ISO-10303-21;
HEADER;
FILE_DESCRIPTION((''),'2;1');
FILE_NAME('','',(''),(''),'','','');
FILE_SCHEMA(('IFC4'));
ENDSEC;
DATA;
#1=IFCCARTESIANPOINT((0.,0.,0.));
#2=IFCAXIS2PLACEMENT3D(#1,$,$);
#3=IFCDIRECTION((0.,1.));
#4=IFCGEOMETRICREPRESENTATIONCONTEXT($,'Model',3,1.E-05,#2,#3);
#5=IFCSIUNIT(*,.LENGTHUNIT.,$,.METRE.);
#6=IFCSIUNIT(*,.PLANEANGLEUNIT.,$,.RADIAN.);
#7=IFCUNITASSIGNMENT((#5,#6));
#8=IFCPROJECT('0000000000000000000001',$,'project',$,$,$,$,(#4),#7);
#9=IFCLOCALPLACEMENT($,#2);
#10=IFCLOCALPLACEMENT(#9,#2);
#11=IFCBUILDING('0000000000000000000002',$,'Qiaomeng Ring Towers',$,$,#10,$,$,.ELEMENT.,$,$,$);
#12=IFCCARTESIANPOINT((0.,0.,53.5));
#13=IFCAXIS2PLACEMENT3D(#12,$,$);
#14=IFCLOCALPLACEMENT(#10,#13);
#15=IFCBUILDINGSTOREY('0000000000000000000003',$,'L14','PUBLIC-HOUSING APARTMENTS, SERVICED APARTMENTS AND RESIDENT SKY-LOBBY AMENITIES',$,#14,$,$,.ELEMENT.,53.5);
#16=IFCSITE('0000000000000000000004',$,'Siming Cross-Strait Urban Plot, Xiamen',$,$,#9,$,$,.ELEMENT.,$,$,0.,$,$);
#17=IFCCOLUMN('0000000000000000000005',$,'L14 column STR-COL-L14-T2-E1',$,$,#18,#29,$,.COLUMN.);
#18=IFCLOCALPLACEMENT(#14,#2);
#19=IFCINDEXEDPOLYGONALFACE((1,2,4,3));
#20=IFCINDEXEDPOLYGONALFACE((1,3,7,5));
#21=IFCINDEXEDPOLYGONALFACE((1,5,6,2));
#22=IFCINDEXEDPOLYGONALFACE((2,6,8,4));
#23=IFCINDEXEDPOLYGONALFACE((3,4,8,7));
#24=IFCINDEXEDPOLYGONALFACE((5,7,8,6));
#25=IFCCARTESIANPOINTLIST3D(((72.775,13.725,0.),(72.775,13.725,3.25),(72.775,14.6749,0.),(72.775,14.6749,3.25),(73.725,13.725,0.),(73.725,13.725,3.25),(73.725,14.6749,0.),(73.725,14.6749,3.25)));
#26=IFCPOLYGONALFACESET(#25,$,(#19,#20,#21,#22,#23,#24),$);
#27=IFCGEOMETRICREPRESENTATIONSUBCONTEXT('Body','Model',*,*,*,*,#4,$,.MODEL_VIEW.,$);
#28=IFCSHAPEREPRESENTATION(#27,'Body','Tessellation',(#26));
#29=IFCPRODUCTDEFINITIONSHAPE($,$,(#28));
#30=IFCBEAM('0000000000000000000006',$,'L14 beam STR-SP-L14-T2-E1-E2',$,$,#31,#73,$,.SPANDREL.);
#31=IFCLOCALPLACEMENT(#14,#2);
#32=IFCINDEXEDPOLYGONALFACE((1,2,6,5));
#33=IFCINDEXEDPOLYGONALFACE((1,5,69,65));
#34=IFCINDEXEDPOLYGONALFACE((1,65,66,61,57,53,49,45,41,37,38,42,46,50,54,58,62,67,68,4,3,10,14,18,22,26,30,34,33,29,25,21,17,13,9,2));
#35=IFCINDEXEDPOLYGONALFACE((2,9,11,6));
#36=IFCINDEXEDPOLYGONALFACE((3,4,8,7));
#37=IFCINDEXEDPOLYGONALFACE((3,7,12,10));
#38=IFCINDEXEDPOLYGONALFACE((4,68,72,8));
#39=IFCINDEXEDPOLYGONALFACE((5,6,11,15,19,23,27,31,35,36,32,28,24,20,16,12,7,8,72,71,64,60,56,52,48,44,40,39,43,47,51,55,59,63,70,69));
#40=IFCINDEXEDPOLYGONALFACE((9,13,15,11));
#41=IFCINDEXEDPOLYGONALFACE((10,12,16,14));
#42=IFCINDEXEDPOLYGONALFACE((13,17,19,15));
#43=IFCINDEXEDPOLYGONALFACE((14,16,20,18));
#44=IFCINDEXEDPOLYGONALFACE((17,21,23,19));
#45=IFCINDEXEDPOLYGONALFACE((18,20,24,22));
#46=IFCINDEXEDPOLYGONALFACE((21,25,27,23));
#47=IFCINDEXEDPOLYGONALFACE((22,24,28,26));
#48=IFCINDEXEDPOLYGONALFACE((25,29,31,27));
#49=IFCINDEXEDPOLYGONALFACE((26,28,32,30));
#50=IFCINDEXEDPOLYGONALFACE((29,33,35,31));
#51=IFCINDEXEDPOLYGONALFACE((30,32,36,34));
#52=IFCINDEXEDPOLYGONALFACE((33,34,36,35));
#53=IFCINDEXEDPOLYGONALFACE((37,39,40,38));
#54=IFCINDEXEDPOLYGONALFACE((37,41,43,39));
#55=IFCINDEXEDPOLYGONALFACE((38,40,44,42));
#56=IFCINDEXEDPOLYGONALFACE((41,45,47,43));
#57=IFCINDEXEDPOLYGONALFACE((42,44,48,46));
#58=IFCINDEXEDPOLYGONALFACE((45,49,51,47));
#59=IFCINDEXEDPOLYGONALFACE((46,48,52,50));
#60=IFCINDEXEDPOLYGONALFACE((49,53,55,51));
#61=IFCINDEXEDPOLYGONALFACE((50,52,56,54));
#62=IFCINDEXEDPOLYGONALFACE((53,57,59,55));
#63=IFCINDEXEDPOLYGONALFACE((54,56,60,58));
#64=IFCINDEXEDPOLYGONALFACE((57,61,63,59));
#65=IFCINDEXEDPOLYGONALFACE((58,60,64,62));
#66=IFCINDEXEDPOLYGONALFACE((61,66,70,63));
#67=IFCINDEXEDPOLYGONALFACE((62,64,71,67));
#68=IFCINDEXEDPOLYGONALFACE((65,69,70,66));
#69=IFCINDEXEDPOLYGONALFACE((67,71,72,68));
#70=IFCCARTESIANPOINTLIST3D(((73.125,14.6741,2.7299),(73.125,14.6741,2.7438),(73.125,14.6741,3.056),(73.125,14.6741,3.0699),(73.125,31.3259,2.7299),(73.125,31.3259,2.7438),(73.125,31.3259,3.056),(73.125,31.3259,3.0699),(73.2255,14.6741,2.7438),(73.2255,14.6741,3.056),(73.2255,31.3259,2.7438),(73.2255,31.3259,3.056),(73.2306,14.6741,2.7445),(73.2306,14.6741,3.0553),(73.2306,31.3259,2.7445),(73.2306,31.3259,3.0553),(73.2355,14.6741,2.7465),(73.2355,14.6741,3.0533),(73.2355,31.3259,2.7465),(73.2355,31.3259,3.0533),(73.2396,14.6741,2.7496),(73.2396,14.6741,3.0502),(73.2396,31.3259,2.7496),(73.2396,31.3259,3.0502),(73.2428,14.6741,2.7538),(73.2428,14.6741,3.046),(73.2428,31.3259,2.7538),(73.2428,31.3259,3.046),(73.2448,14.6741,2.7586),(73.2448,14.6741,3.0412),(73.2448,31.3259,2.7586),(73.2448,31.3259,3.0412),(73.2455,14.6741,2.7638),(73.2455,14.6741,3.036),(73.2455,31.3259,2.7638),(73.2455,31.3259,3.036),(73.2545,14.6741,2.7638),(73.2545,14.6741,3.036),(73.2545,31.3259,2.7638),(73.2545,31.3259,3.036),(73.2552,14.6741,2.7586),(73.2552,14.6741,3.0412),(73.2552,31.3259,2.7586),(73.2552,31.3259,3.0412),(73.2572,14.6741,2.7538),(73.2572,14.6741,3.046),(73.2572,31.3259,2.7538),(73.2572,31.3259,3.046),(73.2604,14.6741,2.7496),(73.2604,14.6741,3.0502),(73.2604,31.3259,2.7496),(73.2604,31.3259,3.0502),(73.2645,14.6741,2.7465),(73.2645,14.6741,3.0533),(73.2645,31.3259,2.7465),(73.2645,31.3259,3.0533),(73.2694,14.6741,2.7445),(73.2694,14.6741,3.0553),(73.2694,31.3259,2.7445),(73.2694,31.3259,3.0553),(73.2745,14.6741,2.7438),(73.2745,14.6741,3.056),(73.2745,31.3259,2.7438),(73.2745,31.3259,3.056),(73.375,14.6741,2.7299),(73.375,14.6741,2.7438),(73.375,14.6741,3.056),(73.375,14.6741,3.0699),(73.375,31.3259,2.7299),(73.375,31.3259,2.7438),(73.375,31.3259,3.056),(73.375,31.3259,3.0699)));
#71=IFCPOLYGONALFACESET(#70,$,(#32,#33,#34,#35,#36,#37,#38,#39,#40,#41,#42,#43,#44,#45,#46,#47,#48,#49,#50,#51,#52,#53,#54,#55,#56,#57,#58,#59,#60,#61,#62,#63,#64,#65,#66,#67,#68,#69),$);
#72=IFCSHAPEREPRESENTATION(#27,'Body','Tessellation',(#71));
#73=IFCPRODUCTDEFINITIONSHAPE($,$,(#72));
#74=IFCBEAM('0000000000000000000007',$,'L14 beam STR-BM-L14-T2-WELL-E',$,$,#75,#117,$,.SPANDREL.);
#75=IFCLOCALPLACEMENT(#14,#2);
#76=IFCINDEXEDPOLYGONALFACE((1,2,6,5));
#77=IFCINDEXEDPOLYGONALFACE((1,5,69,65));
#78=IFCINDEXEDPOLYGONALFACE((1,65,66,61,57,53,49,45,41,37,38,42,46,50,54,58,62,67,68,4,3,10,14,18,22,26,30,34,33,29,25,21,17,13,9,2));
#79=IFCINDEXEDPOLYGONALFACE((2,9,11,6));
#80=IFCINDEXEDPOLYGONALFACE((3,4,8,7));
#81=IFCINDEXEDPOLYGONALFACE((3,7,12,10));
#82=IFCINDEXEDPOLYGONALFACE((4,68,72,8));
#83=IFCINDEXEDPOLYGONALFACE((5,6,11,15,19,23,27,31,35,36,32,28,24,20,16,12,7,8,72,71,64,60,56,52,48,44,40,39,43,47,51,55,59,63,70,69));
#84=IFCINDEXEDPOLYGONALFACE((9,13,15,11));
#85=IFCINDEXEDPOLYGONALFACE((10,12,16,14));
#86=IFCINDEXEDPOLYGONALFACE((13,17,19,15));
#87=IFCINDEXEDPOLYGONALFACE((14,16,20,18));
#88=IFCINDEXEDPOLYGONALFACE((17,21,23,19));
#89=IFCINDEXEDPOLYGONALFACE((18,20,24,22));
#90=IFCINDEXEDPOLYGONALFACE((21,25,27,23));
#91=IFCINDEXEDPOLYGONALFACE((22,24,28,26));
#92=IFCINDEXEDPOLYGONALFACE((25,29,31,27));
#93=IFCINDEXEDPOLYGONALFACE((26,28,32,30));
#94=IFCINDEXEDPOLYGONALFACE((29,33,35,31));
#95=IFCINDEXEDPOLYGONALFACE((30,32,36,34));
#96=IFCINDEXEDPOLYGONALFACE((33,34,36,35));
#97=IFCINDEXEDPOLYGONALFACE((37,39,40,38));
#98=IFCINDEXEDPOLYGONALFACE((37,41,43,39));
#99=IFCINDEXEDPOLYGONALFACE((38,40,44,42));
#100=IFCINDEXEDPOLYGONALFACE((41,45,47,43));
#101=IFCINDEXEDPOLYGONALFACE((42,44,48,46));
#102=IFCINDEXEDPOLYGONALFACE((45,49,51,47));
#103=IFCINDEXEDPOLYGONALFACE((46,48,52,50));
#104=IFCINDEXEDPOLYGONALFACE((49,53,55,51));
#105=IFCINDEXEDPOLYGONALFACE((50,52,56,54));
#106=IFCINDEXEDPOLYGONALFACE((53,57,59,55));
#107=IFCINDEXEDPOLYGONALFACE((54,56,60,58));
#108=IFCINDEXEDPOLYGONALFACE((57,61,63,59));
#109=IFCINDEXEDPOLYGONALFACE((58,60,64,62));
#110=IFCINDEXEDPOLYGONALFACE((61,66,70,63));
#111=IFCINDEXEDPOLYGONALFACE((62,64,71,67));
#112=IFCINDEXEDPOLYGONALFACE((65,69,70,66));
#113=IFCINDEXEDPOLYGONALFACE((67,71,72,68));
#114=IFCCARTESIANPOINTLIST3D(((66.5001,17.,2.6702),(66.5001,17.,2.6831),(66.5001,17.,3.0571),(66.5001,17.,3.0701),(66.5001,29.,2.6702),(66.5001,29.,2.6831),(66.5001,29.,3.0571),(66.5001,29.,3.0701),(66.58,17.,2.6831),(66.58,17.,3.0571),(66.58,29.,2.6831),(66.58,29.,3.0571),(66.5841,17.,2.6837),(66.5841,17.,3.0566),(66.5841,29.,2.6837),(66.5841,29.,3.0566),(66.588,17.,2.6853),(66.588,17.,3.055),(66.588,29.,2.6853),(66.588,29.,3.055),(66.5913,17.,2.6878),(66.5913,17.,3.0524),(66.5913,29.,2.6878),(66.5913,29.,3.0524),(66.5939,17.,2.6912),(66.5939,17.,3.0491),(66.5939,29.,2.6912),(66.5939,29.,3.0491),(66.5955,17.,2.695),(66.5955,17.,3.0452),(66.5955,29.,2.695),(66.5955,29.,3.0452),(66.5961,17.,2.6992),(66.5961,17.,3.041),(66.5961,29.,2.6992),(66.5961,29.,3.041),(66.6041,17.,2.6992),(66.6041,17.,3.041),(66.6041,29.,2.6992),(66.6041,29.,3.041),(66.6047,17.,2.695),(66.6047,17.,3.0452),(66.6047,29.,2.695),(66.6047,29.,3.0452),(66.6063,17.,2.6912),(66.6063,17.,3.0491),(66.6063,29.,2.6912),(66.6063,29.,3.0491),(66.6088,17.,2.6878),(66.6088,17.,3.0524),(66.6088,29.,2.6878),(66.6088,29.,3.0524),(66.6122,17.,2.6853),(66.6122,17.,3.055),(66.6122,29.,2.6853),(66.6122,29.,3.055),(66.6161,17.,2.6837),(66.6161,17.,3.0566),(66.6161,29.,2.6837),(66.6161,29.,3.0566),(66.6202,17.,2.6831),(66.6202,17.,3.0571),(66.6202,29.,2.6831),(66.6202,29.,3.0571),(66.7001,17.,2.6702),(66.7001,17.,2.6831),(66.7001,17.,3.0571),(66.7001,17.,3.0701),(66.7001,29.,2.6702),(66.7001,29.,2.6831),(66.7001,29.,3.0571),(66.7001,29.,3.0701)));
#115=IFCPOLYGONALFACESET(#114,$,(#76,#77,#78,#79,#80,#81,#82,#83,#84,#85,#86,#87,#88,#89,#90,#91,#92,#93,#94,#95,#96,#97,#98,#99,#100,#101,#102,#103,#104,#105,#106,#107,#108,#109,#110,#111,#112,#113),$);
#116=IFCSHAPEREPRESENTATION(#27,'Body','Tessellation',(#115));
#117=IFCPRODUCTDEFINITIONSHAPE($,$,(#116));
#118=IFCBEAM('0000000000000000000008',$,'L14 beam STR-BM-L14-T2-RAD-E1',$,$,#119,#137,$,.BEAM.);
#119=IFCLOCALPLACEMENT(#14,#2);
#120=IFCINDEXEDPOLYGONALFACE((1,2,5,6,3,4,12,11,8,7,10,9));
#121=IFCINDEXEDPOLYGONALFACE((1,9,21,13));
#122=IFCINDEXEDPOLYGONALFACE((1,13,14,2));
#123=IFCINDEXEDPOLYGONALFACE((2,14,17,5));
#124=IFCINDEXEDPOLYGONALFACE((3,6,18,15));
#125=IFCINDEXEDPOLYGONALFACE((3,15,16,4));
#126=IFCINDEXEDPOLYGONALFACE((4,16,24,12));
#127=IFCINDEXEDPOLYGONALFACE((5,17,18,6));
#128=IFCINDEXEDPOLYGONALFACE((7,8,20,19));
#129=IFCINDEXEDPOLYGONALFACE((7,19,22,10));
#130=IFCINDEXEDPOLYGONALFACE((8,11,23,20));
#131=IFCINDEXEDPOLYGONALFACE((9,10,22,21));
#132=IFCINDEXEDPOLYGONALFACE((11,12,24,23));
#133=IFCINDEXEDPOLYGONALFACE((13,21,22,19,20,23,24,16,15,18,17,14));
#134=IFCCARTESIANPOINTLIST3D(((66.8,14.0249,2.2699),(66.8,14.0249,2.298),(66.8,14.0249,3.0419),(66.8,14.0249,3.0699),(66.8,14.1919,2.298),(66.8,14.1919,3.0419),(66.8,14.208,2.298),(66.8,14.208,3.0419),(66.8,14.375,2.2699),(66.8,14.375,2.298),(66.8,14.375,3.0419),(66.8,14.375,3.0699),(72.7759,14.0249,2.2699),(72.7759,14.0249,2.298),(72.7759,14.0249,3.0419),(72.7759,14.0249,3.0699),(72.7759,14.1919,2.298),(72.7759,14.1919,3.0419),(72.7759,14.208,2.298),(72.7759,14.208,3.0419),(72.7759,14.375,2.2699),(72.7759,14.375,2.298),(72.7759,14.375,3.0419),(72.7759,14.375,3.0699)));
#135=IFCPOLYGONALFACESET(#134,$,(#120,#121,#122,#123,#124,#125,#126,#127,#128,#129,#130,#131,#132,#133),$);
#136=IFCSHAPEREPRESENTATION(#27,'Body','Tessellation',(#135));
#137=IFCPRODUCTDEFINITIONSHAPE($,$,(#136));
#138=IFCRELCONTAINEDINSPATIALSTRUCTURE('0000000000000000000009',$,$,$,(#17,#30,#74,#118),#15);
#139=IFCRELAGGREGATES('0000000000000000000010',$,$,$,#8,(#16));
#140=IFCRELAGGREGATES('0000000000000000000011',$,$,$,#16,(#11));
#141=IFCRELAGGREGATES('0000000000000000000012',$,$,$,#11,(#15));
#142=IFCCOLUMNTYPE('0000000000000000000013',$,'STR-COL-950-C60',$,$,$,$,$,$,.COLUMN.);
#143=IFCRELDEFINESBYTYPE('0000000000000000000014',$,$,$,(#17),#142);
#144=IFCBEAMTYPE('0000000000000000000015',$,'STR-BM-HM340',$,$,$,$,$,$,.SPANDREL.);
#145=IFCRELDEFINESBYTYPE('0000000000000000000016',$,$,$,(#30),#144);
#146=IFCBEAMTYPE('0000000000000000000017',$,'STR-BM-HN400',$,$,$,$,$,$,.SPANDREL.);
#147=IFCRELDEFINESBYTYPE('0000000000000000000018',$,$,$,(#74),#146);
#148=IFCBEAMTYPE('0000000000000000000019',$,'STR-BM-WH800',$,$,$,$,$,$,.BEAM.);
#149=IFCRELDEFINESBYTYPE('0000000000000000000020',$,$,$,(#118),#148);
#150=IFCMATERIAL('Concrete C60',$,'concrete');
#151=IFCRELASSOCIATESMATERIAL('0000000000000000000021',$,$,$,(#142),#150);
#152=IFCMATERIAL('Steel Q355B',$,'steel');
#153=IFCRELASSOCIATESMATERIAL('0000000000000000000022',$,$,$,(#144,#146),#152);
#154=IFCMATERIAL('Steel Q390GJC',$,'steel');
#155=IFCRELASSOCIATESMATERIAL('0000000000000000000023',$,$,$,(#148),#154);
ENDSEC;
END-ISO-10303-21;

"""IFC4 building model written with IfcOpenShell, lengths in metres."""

from ifc_helpers import new_model, si_unit, direction, frame, origin, origin_2d, place, context, subcontext, project, spatial, rectangle, i_section, extrude, source, transform, mapped, material, material_profile, profile_set, type_object, element, save


model = new_model("IFC4")

# Units and contexts
model_context = context("Model", 3, precision=1e-05, world=origin(), true_north=direction((0.0, 1.0)))
body_context = subcontext(model_context, "Body", "Model", "MODEL_VIEW")
ifc_project = project(units=[si_unit("LENGTHUNIT", "METRE"), si_unit("PLANEANGLEUNIT", "RADIAN")], contexts=[model_context])

# Site, building, storey
site_placement = place(None, origin())
site = spatial("IfcSite", under=ifc_project, at=site_placement, Name="Siming Cross-Strait Urban Plot, Xiamen", CompositionType="ELEMENT", RefElevation=0.0)
building_placement = place(site_placement, origin())
building = spatial("IfcBuilding", under=site, at=building_placement, Name="Qiaomeng Ring Towers", CompositionType="ELEMENT")
storey_placement = place(building_placement, frame((0.0, 0.0, 53.5)))
storey = spatial("IfcBuildingStorey", under=building, at=storey_placement, Name="L14", Description="PUBLIC-HOUSING APARTMENTS, SERVICED APARTMENTS AND RESIDENT SKY-LOBBY AMENITIES", CompositionType="ELEMENT", Elevation=53.5)

# Column
ifc_material_1 = material(Name="Concrete C60", Category="concrete")
ifc_material_profile_1 = material_profile(ifc_material_1, rectangle(XDim=0.95, YDim=0.95, at=origin_2d()), Name="RC COL 950x950")
ifc_profile_set_1 = profile_set([ifc_material_profile_1], Name="Concrete C60")
column_type = type_object("IfcColumnType", Name="STR-COL-950-C60", PredefinedType="COLUMN", material=ifc_profile_set_1)
shared_shape_1 = source(origin(), body_context, "Body", "SweptSolid", [
    extrude(rectangle(XDim=0.95, YDim=0.95, at=origin_2d()), origin(), (0.0, 0.0, 1.0), 3.25),
])
column_placement = place(storey_placement, frame((73.25, 14.2, 0.0), z_axis=(0.0, 0.0, 1.0), x_axis=(1.0, 0.0, 0.0)))
element("IfcColumn", 1, at=column_placement, inside=storey, type_object=column_type, Name="L14 column STR-COL-L14-T2-E1", PredefinedType="COLUMN", context=body_context, shape_type="MappedRepresentation", body=[
    mapped(shared_shape_1, transform((0.0, 0.0, 0.0), x_axis=(1.0, 0.0, 0.0), y_axis=(0.0, 1.0, 0.0), z_axis=(0.0, 0.0, 1.0), scale=1.0)),
])

# Beams
ifc_material_2 = material(Name="Steel Q355B", Category="steel")
ifc_material_profile_2 = material_profile(ifc_material_2, i_section(OverallWidth=0.25, OverallDepth=0.3401, WebThickness=0.009, FlangeThickness=0.0139, FilletRadius=0.02, at=origin_2d()), Name="HM 340x250x9x14")
ifc_profile_set_2 = profile_set([ifc_material_profile_2], Name="Steel Q355B")
beam_type_1 = type_object("IfcBeamType", Name="STR-BM-HM340", PredefinedType="SPANDREL", material=ifc_profile_set_2)
shared_shape_2 = source(origin(), body_context, "Body", "SweptSolid", [
    extrude(i_section(OverallWidth=0.25, OverallDepth=0.3401, WebThickness=0.009, FlangeThickness=0.0139, FilletRadius=0.02, at=origin_2d()), origin(), (0.0, 0.0, 1.0), 16.6519),
])
beam_1_placement = place(storey_placement, frame((73.25, 14.6741, 2.8999), z_axis=(0.0, 1.0, 0.0), x_axis=(-1.0, 0.0, 0.0)))
element("IfcBeam", 2, at=beam_1_placement, inside=storey, type_object=beam_type_1, Name="L14 beam STR-SP-L14-T2-E1-E2", PredefinedType="SPANDREL", context=body_context, shape_type="MappedRepresentation", body=[
    mapped(shared_shape_2, transform((0.0, 0.0, 0.0), x_axis=(1.0, 0.0, 0.0), y_axis=(0.0, 1.0, 0.0), z_axis=(0.0, 0.0, 1.0), scale=1.0)),
])
ifc_material_profile_3 = material_profile(ifc_material_2, i_section(OverallWidth=0.2, OverallDepth=0.3999, WebThickness=0.0081, FlangeThickness=0.0129, FilletRadius=0.0161, at=origin_2d()), Name="HN 400x200x8x13")
ifc_profile_set_3 = profile_set([ifc_material_profile_3], Name="Steel Q355B")
beam_type_2 = type_object("IfcBeamType", Name="STR-BM-HN400", PredefinedType="SPANDREL", material=ifc_profile_set_3)
shared_shape_3 = source(origin(), body_context, "Body", "SweptSolid", [
    extrude(i_section(OverallWidth=0.2, OverallDepth=0.3999, WebThickness=0.0081, FlangeThickness=0.0129, FilletRadius=0.0161, at=origin_2d()), origin(), (0.0, 0.0, 1.0), 12.0),
])
beam_2_placement = place(storey_placement, frame((66.6001, 17.0, 2.8701), z_axis=(0.0, 1.0, 0.0), x_axis=(-1.0, 0.0, 0.0)))
element("IfcBeam", 3, at=beam_2_placement, inside=storey, type_object=beam_type_2, Name="L14 beam STR-BM-L14-T2-WELL-E", PredefinedType="SPANDREL", context=body_context, shape_type="MappedRepresentation", body=[
    mapped(shared_shape_3, transform((0.0, 0.0, 0.0), x_axis=(1.0, 0.0, 0.0), y_axis=(0.0, 1.0, 0.0), z_axis=(0.0, 0.0, 1.0), scale=1.0)),
])
ifc_material_3 = material(Name="Steel Q390GJC", Category="steel")
ifc_material_profile_4 = material_profile(ifc_material_3, i_section(OverallWidth=0.3501, OverallDepth=0.8, WebThickness=0.0161, FlangeThickness=0.0281, at=origin_2d()), Name="WH 800x350x16x28")
ifc_profile_set_4 = profile_set([ifc_material_profile_4], Name="Steel Q390GJC")
beam_type_3 = type_object("IfcBeamType", Name="STR-BM-WH800", PredefinedType="BEAM", material=ifc_profile_set_4)
shared_shape_4 = source(origin(), body_context, "Body", "SweptSolid", [
    extrude(i_section(OverallWidth=0.3501, OverallDepth=0.8, WebThickness=0.0161, FlangeThickness=0.0281, at=origin_2d()), origin(), (0.0, 0.0, 1.0), 5.9758),
])
beam_3_placement = place(storey_placement, frame((66.8, 14.2, 2.6699), z_axis=(1.0, 0.0, 0.0), x_axis=(0.0, 1.0, 0.0)))
element("IfcBeam", 4, at=beam_3_placement, inside=storey, type_object=beam_type_3, Name="L14 beam STR-BM-L14-T2-RAD-E1", PredefinedType="BEAM", context=body_context, shape_type="MappedRepresentation", body=[
    mapped(shared_shape_4, transform((0.0, 0.0, 0.0), x_axis=(1.0, 0.0, 0.0), y_axis=(0.0, 1.0, 0.0), z_axis=(0.0, 0.0, 1.0), scale=1.0)),
])

save(model, "model.ifc")
